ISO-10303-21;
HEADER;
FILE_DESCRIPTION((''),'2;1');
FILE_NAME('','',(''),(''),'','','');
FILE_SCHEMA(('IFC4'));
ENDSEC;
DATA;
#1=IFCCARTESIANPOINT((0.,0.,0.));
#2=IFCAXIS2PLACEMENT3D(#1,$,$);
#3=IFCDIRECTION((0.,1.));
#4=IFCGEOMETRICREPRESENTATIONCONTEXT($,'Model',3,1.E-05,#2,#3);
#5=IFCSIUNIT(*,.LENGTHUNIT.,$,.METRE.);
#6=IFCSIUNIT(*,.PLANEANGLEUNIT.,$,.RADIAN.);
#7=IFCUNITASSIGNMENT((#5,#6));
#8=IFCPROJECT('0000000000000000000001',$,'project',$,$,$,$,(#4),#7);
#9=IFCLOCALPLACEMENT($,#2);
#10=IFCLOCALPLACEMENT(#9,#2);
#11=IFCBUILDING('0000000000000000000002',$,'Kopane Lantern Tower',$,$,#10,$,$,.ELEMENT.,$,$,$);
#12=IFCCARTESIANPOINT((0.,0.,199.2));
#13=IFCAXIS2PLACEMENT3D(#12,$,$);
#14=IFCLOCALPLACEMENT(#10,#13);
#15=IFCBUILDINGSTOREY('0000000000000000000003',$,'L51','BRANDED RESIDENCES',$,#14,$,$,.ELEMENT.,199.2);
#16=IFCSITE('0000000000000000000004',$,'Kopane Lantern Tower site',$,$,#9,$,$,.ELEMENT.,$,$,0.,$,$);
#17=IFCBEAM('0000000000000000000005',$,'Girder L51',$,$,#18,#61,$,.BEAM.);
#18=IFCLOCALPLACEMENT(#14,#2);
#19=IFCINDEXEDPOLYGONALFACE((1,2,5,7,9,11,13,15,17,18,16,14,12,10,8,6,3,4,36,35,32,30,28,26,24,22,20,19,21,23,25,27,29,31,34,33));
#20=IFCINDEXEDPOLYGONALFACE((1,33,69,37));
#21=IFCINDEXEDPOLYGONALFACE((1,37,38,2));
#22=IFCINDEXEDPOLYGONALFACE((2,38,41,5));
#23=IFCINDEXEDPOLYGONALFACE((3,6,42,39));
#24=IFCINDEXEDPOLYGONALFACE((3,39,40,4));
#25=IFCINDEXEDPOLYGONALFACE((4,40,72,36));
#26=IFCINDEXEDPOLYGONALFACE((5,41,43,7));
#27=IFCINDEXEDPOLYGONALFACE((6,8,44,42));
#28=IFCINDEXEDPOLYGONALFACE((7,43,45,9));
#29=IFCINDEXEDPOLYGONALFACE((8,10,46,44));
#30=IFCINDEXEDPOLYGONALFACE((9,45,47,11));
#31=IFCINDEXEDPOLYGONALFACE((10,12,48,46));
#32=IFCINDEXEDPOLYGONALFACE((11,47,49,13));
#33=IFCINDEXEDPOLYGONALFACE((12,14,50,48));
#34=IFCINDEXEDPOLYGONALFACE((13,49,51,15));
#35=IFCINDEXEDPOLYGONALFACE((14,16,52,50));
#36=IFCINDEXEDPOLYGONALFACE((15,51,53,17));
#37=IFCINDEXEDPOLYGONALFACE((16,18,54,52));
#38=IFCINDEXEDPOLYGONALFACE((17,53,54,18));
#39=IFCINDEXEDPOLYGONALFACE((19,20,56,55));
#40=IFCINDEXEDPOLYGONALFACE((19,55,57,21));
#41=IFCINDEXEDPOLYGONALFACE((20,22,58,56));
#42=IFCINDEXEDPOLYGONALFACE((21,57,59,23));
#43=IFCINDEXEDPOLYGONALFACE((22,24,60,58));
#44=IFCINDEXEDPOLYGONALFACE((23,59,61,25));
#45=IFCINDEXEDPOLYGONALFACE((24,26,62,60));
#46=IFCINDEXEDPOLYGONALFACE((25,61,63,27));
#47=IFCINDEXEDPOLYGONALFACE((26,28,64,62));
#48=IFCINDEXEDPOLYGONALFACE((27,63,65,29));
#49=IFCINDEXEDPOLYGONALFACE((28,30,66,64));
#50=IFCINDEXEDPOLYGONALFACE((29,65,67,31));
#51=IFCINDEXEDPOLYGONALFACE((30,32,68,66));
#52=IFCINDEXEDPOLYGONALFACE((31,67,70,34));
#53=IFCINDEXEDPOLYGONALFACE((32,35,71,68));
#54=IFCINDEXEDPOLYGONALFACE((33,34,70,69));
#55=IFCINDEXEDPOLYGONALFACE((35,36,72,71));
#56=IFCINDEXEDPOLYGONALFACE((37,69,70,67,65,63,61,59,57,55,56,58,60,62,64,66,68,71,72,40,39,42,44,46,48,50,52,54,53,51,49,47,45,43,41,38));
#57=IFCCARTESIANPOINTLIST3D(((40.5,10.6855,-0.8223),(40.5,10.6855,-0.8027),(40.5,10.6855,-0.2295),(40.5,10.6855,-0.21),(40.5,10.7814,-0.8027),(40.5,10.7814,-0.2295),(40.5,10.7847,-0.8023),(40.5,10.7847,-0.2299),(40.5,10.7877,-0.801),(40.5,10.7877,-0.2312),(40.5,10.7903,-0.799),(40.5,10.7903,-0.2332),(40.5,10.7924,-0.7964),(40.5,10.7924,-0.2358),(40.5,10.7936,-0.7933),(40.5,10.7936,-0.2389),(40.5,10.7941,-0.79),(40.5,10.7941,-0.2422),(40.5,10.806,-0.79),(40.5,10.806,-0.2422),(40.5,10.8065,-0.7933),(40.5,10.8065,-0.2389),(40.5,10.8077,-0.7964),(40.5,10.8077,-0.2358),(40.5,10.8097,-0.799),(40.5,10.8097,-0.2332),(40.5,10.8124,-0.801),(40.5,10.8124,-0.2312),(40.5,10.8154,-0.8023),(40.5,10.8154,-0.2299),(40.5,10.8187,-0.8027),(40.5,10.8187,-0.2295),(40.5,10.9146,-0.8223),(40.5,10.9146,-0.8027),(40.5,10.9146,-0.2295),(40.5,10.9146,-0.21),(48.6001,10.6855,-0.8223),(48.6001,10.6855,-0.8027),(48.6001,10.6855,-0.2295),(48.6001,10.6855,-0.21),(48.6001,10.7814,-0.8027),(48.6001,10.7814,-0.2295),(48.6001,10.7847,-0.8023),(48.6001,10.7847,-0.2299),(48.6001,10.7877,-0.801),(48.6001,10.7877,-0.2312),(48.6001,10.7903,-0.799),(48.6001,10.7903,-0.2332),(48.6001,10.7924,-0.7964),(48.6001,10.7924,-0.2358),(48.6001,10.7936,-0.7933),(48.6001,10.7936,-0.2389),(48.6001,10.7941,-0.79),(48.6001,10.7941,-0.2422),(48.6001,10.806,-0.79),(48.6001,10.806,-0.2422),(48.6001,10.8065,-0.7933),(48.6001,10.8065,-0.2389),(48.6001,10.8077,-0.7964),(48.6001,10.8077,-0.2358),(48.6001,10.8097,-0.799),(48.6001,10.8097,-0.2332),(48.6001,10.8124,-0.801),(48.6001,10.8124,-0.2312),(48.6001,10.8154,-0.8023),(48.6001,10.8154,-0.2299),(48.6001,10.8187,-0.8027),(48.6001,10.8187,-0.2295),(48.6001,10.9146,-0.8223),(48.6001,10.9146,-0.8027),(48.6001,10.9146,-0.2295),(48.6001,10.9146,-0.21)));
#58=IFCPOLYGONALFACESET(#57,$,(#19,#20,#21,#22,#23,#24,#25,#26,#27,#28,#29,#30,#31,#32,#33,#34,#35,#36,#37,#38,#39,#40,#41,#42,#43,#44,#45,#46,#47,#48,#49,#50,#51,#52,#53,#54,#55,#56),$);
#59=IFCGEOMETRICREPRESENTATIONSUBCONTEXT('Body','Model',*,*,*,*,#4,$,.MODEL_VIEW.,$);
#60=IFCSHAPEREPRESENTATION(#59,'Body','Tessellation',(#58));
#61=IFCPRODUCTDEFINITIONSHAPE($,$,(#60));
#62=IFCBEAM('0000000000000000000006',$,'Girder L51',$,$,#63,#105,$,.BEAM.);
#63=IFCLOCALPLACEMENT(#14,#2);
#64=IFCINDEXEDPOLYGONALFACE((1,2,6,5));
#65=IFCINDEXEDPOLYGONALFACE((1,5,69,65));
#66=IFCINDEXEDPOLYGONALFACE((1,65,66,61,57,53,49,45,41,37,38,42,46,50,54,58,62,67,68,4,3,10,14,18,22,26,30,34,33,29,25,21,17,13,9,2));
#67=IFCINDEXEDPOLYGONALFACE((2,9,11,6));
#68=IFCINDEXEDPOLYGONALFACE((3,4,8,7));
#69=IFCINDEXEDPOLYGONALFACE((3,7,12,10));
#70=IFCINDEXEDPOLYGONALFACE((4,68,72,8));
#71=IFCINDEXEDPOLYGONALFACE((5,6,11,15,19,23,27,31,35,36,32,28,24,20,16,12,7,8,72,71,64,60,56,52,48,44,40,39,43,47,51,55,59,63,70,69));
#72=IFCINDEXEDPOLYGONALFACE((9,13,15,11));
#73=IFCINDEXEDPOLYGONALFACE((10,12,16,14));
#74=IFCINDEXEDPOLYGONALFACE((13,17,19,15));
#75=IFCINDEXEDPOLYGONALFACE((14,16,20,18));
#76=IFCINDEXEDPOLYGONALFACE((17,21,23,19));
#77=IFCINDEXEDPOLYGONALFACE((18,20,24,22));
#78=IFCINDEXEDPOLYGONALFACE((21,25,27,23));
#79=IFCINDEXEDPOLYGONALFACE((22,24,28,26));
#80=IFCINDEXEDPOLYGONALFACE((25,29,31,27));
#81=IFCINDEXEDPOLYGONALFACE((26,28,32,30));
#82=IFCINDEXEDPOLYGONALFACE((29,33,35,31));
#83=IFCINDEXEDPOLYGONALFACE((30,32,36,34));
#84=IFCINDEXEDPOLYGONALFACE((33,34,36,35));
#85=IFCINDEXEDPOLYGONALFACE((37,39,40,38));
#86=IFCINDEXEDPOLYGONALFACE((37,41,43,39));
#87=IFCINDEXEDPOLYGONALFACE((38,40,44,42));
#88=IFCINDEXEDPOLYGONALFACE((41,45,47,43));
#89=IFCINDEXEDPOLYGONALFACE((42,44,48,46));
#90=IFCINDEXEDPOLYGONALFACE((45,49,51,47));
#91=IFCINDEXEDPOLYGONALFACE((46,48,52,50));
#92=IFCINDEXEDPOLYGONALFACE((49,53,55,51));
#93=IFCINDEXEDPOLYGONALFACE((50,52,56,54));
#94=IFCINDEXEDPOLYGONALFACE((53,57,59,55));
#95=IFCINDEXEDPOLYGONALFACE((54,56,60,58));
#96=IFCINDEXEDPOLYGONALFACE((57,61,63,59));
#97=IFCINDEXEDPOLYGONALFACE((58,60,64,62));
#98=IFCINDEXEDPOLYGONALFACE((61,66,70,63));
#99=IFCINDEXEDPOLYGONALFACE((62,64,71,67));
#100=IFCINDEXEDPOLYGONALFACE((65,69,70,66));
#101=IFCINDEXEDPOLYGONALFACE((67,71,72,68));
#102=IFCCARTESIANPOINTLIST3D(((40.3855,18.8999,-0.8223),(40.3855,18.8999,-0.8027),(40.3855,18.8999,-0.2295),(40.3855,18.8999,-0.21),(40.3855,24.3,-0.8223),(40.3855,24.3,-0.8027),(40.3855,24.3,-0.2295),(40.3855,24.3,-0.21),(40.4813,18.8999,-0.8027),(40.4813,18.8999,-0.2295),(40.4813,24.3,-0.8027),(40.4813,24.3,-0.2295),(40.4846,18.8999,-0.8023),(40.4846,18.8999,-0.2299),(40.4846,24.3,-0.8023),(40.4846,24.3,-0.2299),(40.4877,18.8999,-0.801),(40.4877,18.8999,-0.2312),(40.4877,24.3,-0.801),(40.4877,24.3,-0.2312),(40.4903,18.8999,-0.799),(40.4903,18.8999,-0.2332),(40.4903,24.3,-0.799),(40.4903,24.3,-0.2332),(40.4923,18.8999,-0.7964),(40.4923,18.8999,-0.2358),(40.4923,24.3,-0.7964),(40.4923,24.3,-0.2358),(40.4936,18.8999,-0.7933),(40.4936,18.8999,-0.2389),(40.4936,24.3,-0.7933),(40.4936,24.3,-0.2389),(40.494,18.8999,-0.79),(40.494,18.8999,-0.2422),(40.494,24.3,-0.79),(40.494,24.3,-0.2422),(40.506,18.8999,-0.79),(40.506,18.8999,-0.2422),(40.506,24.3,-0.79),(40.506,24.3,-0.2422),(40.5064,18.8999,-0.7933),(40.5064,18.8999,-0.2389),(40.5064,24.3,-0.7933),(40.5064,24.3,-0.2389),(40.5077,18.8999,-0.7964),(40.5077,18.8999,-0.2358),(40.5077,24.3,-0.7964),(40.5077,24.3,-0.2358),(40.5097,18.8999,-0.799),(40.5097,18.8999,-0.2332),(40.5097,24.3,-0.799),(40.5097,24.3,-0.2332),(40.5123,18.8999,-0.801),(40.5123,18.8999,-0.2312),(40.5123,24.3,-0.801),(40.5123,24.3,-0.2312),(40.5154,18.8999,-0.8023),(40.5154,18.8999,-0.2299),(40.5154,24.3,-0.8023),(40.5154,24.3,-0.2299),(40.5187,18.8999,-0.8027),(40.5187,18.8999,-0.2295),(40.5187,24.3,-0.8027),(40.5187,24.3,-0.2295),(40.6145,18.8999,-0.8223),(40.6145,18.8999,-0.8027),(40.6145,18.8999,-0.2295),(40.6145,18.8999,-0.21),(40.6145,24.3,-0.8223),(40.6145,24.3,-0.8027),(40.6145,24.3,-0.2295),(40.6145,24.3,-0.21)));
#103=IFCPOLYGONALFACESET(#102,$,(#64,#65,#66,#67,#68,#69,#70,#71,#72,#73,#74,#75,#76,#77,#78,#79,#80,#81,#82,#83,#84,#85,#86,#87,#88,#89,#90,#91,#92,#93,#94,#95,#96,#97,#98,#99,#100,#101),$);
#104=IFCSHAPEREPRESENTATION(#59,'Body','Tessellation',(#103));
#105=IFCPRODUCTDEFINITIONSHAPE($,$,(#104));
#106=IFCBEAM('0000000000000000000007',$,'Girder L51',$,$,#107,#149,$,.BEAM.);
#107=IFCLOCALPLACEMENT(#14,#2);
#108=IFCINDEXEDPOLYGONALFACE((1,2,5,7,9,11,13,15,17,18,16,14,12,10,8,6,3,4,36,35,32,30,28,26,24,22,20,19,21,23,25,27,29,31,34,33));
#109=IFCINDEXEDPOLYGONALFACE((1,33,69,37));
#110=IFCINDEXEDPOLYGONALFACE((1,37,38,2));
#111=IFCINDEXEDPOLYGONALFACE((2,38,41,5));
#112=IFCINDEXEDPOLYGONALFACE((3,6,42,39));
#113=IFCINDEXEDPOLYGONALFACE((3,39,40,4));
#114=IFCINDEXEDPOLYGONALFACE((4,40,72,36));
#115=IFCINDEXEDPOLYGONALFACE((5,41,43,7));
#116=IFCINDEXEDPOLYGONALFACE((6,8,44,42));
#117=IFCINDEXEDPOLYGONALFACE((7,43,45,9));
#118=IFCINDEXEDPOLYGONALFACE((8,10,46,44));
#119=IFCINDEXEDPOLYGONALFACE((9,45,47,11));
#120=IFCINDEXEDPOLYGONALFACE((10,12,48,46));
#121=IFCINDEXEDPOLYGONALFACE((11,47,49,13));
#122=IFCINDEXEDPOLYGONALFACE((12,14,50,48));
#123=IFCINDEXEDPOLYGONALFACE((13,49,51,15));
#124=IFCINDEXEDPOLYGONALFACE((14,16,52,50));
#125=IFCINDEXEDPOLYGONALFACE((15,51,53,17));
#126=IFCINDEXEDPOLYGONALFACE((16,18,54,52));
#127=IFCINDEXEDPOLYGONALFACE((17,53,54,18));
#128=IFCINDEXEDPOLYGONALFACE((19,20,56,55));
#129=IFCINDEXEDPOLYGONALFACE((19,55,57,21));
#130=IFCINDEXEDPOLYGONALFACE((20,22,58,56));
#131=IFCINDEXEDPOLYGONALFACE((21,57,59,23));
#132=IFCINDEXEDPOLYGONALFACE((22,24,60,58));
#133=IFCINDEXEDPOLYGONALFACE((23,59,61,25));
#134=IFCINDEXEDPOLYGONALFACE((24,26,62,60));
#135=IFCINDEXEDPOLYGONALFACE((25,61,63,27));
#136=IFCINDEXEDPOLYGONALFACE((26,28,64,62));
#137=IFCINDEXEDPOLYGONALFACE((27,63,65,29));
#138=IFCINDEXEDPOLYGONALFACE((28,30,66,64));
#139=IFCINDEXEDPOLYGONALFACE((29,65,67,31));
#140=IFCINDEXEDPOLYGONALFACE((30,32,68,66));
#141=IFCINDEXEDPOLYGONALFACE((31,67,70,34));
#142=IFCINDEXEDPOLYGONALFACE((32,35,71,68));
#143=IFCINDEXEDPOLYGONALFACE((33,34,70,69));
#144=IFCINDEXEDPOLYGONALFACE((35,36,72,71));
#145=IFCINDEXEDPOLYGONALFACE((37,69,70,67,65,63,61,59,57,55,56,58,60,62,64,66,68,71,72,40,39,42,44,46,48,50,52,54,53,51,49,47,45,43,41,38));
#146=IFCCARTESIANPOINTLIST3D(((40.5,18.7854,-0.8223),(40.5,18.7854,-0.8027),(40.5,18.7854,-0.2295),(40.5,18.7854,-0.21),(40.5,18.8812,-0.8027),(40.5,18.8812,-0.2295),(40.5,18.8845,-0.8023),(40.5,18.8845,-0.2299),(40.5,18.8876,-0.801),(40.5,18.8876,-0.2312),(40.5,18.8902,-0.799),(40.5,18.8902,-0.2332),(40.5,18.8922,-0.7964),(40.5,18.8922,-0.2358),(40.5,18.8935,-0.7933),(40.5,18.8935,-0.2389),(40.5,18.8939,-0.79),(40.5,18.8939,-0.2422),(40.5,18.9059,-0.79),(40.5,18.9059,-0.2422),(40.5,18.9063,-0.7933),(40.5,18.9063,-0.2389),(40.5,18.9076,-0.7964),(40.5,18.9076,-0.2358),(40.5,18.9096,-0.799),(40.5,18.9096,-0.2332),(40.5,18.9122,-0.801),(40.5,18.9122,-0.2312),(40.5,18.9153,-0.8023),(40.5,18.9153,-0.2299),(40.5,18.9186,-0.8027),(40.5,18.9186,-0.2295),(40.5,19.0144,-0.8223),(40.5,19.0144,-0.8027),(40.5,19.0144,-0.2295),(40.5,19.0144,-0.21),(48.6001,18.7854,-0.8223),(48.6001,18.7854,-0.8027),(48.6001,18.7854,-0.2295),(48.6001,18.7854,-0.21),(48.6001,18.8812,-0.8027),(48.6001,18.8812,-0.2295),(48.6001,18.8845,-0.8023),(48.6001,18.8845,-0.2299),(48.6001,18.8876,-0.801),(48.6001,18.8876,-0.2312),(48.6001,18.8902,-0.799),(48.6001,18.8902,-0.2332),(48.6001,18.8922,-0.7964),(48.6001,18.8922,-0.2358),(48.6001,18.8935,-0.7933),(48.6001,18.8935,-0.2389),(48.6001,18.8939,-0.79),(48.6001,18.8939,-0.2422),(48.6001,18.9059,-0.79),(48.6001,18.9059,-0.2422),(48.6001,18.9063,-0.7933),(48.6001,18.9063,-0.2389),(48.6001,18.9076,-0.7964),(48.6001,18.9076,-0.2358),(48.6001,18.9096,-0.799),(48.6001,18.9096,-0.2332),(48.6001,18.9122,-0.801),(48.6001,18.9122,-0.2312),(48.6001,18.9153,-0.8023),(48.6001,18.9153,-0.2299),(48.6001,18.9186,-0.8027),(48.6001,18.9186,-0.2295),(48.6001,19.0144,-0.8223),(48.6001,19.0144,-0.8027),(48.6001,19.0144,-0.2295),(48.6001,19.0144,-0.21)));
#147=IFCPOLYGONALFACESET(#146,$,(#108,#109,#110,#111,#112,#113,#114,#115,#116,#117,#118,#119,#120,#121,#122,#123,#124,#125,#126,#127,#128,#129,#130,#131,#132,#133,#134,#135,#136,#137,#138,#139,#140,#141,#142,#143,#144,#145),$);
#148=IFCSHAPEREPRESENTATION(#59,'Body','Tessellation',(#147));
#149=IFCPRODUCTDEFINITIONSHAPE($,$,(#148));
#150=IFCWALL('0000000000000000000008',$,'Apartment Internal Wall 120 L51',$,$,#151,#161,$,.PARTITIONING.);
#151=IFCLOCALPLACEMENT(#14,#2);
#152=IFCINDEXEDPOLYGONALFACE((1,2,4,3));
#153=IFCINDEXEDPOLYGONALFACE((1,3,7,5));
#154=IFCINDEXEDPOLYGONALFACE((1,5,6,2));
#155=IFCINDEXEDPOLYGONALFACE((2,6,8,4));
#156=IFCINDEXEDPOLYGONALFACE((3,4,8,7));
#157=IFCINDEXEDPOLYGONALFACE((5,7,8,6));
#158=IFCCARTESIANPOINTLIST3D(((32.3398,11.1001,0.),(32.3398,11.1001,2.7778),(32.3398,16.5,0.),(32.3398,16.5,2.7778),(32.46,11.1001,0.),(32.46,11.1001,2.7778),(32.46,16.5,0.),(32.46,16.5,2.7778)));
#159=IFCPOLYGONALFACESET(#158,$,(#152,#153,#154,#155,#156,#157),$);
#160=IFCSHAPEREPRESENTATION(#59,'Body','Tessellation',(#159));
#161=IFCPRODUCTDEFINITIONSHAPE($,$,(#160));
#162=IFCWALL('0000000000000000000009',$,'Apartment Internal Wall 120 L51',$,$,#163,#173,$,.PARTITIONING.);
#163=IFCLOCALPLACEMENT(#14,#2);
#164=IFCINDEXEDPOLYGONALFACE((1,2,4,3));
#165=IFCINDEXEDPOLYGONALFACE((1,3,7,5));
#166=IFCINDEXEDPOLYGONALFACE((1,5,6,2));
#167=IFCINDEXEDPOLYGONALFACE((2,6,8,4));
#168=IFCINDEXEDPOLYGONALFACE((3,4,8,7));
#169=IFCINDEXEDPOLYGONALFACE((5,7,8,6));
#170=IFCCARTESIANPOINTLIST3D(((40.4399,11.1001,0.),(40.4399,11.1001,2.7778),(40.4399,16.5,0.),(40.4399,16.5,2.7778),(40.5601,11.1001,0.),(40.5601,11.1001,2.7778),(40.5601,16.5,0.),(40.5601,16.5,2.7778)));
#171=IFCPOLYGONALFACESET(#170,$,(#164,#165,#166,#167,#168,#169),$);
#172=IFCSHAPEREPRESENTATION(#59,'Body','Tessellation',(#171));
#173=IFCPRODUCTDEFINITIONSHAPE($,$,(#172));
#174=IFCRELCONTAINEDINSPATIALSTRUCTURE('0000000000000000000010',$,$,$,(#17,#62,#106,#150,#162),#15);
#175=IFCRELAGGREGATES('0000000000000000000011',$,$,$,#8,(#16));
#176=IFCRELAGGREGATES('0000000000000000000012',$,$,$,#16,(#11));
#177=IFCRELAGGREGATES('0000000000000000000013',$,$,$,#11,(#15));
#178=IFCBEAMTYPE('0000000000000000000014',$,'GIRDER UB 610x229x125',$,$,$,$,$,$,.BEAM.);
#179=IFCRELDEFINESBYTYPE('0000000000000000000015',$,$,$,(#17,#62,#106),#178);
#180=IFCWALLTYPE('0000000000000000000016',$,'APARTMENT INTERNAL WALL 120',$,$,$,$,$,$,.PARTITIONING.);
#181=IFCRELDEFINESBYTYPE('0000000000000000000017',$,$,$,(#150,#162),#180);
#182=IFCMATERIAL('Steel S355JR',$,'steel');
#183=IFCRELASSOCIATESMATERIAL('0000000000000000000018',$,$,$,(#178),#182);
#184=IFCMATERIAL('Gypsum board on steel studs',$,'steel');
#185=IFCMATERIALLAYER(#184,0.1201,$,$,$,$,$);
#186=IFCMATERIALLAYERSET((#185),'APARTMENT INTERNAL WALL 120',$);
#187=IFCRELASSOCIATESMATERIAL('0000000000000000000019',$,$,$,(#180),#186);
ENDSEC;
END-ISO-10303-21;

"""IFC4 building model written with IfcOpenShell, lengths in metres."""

from ifc_helpers import new_model, si_unit, direction, frame, frame_2d, origin, origin_2d, place, context, subcontext, project, spatial, rectangle, i_section, extrude, material, layer, layer_set, material_profile, profile_set, type_object, element, save


model = new_model("IFC4")

# Units and contexts
model_context = context("Model", 3, precision=1e-05, world=origin(), true_north=direction((0.0, 1.0)))
body_context = subcontext(model_context, "Body", "Model", "MODEL_VIEW")
ifc_project = project(units=[si_unit("LENGTHUNIT", "METRE"), si_unit("PLANEANGLEUNIT", "RADIAN")], contexts=[model_context])

# Site, building, storey
site_placement = place(None, origin())
site = spatial("IfcSite", under=ifc_project, at=site_placement, Name="Kopane Lantern Tower site", CompositionType="ELEMENT", RefElevation=0.0)
building_placement = place(site_placement, origin())
building = spatial("IfcBuilding", under=site, at=building_placement, Name="Kopane Lantern Tower", CompositionType="ELEMENT")
storey_placement = place(building_placement, frame((0.0, 0.0, 199.2)))
storey = spatial("IfcBuildingStorey", under=building, at=storey_placement, Name="L51", Description="BRANDED RESIDENCES", CompositionType="ELEMENT", Elevation=199.2)

# Beams
ifc_material_1 = material(Name="Steel S355JR", Category="steel")
ifc_material_profile_1 = material_profile(ifc_material_1, i_section(OverallWidth=0.229, OverallDepth=0.6123, WebThickness=0.012, FlangeThickness=0.0195, FilletRadius=0.0127, at=origin_2d()), Name="UB 610x229x125")
ifc_profile_set_1 = profile_set([ifc_material_profile_1], Name="Steel S355JR")
beam_type = type_object("IfcBeamType", Name="GIRDER UB 610x229x125", PredefinedType="BEAM", material=ifc_profile_set_1)
beam_1_placement = place(storey_placement, frame((40.5, 10.8, -0.5161), z_axis=(1.0, 0.0, 0.0), x_axis=(0.0, 1.0, 0.0)))
element("IfcBeam", 1, at=beam_1_placement, inside=storey, type_object=beam_type, Name="Girder L51", PredefinedType="BEAM", context=body_context, shape_type="SweptSolid", body=[
    extrude(i_section(OverallWidth=0.229, OverallDepth=0.6123, WebThickness=0.012, FlangeThickness=0.0195, FilletRadius=0.0127, at=origin_2d()), origin(), (0.0, 0.0, 1.0), 8.1001),
])
beam_2_placement = place(storey_placement, frame((40.5, 18.8999, -0.5161), z_axis=(0.0, 1.0, 0.0), x_axis=(-1.0, 0.0, 0.0)))
element("IfcBeam", 2, at=beam_2_placement, inside=storey, type_object=beam_type, Name="Girder L51", PredefinedType="BEAM", context=body_context, shape_type="SweptSolid", body=[
    extrude(i_section(OverallWidth=0.229, OverallDepth=0.6123, WebThickness=0.012, FlangeThickness=0.0195, FilletRadius=0.0127, at=origin_2d()), origin(), (0.0, 0.0, 1.0), 5.4001),
])
beam_3_placement = place(storey_placement, frame((40.5, 18.8999, -0.5161), z_axis=(1.0, 0.0, 0.0), x_axis=(0.0, 1.0, 0.0)))
element("IfcBeam", 3, at=beam_3_placement, inside=storey, type_object=beam_type, Name="Girder L51", PredefinedType="BEAM", context=body_context, shape_type="SweptSolid", body=[
    extrude(i_section(OverallWidth=0.229, OverallDepth=0.6123, WebThickness=0.012, FlangeThickness=0.0195, FilletRadius=0.0127, at=origin_2d()), origin(), (0.0, 0.0, 1.0), 8.1001),
])

# Walls
ifc_material_2 = material(Name="Gypsum board on steel studs", Category="steel")
ifc_layer_1 = layer(ifc_material_2, 0.1201)
ifc_layer_set_1 = layer_set([ifc_layer_1], Name="APARTMENT INTERNAL WALL 120")
wall_type_1 = type_object("IfcWallType", Name="APARTMENT INTERNAL WALL 120", PredefinedType="PARTITIONING", material=ifc_layer_set_1)
for number, where, z_axis, x_axis, name in (
    (4, (32.3999, 16.5, 0.0), (0.0, 0.0, 1.0), (0.0, -1.0, 0.0), "Apartment Internal Wall 120 L51"),
    (5, (40.5, 16.5, 0.0), (0.0, 0.0, 1.0), (0.0, -1.0, 0.0), "Apartment Internal Wall 120 L51"),
):
    element("IfcWall", number, at=place(storey_placement, frame(where, z_axis=z_axis, x_axis=x_axis)), inside=storey, type_object=wall_type_1, Name=name, PredefinedType="PARTITIONING", context=body_context, shape_type="SweptSolid", body=[
        extrude(rectangle(XDim=5.3999, YDim=0.1201, at=frame_2d((2.7, 0.0))), origin(), (0.0, 0.0, 1.0), 2.7778),
    ])

save(model, "model.ifc")
